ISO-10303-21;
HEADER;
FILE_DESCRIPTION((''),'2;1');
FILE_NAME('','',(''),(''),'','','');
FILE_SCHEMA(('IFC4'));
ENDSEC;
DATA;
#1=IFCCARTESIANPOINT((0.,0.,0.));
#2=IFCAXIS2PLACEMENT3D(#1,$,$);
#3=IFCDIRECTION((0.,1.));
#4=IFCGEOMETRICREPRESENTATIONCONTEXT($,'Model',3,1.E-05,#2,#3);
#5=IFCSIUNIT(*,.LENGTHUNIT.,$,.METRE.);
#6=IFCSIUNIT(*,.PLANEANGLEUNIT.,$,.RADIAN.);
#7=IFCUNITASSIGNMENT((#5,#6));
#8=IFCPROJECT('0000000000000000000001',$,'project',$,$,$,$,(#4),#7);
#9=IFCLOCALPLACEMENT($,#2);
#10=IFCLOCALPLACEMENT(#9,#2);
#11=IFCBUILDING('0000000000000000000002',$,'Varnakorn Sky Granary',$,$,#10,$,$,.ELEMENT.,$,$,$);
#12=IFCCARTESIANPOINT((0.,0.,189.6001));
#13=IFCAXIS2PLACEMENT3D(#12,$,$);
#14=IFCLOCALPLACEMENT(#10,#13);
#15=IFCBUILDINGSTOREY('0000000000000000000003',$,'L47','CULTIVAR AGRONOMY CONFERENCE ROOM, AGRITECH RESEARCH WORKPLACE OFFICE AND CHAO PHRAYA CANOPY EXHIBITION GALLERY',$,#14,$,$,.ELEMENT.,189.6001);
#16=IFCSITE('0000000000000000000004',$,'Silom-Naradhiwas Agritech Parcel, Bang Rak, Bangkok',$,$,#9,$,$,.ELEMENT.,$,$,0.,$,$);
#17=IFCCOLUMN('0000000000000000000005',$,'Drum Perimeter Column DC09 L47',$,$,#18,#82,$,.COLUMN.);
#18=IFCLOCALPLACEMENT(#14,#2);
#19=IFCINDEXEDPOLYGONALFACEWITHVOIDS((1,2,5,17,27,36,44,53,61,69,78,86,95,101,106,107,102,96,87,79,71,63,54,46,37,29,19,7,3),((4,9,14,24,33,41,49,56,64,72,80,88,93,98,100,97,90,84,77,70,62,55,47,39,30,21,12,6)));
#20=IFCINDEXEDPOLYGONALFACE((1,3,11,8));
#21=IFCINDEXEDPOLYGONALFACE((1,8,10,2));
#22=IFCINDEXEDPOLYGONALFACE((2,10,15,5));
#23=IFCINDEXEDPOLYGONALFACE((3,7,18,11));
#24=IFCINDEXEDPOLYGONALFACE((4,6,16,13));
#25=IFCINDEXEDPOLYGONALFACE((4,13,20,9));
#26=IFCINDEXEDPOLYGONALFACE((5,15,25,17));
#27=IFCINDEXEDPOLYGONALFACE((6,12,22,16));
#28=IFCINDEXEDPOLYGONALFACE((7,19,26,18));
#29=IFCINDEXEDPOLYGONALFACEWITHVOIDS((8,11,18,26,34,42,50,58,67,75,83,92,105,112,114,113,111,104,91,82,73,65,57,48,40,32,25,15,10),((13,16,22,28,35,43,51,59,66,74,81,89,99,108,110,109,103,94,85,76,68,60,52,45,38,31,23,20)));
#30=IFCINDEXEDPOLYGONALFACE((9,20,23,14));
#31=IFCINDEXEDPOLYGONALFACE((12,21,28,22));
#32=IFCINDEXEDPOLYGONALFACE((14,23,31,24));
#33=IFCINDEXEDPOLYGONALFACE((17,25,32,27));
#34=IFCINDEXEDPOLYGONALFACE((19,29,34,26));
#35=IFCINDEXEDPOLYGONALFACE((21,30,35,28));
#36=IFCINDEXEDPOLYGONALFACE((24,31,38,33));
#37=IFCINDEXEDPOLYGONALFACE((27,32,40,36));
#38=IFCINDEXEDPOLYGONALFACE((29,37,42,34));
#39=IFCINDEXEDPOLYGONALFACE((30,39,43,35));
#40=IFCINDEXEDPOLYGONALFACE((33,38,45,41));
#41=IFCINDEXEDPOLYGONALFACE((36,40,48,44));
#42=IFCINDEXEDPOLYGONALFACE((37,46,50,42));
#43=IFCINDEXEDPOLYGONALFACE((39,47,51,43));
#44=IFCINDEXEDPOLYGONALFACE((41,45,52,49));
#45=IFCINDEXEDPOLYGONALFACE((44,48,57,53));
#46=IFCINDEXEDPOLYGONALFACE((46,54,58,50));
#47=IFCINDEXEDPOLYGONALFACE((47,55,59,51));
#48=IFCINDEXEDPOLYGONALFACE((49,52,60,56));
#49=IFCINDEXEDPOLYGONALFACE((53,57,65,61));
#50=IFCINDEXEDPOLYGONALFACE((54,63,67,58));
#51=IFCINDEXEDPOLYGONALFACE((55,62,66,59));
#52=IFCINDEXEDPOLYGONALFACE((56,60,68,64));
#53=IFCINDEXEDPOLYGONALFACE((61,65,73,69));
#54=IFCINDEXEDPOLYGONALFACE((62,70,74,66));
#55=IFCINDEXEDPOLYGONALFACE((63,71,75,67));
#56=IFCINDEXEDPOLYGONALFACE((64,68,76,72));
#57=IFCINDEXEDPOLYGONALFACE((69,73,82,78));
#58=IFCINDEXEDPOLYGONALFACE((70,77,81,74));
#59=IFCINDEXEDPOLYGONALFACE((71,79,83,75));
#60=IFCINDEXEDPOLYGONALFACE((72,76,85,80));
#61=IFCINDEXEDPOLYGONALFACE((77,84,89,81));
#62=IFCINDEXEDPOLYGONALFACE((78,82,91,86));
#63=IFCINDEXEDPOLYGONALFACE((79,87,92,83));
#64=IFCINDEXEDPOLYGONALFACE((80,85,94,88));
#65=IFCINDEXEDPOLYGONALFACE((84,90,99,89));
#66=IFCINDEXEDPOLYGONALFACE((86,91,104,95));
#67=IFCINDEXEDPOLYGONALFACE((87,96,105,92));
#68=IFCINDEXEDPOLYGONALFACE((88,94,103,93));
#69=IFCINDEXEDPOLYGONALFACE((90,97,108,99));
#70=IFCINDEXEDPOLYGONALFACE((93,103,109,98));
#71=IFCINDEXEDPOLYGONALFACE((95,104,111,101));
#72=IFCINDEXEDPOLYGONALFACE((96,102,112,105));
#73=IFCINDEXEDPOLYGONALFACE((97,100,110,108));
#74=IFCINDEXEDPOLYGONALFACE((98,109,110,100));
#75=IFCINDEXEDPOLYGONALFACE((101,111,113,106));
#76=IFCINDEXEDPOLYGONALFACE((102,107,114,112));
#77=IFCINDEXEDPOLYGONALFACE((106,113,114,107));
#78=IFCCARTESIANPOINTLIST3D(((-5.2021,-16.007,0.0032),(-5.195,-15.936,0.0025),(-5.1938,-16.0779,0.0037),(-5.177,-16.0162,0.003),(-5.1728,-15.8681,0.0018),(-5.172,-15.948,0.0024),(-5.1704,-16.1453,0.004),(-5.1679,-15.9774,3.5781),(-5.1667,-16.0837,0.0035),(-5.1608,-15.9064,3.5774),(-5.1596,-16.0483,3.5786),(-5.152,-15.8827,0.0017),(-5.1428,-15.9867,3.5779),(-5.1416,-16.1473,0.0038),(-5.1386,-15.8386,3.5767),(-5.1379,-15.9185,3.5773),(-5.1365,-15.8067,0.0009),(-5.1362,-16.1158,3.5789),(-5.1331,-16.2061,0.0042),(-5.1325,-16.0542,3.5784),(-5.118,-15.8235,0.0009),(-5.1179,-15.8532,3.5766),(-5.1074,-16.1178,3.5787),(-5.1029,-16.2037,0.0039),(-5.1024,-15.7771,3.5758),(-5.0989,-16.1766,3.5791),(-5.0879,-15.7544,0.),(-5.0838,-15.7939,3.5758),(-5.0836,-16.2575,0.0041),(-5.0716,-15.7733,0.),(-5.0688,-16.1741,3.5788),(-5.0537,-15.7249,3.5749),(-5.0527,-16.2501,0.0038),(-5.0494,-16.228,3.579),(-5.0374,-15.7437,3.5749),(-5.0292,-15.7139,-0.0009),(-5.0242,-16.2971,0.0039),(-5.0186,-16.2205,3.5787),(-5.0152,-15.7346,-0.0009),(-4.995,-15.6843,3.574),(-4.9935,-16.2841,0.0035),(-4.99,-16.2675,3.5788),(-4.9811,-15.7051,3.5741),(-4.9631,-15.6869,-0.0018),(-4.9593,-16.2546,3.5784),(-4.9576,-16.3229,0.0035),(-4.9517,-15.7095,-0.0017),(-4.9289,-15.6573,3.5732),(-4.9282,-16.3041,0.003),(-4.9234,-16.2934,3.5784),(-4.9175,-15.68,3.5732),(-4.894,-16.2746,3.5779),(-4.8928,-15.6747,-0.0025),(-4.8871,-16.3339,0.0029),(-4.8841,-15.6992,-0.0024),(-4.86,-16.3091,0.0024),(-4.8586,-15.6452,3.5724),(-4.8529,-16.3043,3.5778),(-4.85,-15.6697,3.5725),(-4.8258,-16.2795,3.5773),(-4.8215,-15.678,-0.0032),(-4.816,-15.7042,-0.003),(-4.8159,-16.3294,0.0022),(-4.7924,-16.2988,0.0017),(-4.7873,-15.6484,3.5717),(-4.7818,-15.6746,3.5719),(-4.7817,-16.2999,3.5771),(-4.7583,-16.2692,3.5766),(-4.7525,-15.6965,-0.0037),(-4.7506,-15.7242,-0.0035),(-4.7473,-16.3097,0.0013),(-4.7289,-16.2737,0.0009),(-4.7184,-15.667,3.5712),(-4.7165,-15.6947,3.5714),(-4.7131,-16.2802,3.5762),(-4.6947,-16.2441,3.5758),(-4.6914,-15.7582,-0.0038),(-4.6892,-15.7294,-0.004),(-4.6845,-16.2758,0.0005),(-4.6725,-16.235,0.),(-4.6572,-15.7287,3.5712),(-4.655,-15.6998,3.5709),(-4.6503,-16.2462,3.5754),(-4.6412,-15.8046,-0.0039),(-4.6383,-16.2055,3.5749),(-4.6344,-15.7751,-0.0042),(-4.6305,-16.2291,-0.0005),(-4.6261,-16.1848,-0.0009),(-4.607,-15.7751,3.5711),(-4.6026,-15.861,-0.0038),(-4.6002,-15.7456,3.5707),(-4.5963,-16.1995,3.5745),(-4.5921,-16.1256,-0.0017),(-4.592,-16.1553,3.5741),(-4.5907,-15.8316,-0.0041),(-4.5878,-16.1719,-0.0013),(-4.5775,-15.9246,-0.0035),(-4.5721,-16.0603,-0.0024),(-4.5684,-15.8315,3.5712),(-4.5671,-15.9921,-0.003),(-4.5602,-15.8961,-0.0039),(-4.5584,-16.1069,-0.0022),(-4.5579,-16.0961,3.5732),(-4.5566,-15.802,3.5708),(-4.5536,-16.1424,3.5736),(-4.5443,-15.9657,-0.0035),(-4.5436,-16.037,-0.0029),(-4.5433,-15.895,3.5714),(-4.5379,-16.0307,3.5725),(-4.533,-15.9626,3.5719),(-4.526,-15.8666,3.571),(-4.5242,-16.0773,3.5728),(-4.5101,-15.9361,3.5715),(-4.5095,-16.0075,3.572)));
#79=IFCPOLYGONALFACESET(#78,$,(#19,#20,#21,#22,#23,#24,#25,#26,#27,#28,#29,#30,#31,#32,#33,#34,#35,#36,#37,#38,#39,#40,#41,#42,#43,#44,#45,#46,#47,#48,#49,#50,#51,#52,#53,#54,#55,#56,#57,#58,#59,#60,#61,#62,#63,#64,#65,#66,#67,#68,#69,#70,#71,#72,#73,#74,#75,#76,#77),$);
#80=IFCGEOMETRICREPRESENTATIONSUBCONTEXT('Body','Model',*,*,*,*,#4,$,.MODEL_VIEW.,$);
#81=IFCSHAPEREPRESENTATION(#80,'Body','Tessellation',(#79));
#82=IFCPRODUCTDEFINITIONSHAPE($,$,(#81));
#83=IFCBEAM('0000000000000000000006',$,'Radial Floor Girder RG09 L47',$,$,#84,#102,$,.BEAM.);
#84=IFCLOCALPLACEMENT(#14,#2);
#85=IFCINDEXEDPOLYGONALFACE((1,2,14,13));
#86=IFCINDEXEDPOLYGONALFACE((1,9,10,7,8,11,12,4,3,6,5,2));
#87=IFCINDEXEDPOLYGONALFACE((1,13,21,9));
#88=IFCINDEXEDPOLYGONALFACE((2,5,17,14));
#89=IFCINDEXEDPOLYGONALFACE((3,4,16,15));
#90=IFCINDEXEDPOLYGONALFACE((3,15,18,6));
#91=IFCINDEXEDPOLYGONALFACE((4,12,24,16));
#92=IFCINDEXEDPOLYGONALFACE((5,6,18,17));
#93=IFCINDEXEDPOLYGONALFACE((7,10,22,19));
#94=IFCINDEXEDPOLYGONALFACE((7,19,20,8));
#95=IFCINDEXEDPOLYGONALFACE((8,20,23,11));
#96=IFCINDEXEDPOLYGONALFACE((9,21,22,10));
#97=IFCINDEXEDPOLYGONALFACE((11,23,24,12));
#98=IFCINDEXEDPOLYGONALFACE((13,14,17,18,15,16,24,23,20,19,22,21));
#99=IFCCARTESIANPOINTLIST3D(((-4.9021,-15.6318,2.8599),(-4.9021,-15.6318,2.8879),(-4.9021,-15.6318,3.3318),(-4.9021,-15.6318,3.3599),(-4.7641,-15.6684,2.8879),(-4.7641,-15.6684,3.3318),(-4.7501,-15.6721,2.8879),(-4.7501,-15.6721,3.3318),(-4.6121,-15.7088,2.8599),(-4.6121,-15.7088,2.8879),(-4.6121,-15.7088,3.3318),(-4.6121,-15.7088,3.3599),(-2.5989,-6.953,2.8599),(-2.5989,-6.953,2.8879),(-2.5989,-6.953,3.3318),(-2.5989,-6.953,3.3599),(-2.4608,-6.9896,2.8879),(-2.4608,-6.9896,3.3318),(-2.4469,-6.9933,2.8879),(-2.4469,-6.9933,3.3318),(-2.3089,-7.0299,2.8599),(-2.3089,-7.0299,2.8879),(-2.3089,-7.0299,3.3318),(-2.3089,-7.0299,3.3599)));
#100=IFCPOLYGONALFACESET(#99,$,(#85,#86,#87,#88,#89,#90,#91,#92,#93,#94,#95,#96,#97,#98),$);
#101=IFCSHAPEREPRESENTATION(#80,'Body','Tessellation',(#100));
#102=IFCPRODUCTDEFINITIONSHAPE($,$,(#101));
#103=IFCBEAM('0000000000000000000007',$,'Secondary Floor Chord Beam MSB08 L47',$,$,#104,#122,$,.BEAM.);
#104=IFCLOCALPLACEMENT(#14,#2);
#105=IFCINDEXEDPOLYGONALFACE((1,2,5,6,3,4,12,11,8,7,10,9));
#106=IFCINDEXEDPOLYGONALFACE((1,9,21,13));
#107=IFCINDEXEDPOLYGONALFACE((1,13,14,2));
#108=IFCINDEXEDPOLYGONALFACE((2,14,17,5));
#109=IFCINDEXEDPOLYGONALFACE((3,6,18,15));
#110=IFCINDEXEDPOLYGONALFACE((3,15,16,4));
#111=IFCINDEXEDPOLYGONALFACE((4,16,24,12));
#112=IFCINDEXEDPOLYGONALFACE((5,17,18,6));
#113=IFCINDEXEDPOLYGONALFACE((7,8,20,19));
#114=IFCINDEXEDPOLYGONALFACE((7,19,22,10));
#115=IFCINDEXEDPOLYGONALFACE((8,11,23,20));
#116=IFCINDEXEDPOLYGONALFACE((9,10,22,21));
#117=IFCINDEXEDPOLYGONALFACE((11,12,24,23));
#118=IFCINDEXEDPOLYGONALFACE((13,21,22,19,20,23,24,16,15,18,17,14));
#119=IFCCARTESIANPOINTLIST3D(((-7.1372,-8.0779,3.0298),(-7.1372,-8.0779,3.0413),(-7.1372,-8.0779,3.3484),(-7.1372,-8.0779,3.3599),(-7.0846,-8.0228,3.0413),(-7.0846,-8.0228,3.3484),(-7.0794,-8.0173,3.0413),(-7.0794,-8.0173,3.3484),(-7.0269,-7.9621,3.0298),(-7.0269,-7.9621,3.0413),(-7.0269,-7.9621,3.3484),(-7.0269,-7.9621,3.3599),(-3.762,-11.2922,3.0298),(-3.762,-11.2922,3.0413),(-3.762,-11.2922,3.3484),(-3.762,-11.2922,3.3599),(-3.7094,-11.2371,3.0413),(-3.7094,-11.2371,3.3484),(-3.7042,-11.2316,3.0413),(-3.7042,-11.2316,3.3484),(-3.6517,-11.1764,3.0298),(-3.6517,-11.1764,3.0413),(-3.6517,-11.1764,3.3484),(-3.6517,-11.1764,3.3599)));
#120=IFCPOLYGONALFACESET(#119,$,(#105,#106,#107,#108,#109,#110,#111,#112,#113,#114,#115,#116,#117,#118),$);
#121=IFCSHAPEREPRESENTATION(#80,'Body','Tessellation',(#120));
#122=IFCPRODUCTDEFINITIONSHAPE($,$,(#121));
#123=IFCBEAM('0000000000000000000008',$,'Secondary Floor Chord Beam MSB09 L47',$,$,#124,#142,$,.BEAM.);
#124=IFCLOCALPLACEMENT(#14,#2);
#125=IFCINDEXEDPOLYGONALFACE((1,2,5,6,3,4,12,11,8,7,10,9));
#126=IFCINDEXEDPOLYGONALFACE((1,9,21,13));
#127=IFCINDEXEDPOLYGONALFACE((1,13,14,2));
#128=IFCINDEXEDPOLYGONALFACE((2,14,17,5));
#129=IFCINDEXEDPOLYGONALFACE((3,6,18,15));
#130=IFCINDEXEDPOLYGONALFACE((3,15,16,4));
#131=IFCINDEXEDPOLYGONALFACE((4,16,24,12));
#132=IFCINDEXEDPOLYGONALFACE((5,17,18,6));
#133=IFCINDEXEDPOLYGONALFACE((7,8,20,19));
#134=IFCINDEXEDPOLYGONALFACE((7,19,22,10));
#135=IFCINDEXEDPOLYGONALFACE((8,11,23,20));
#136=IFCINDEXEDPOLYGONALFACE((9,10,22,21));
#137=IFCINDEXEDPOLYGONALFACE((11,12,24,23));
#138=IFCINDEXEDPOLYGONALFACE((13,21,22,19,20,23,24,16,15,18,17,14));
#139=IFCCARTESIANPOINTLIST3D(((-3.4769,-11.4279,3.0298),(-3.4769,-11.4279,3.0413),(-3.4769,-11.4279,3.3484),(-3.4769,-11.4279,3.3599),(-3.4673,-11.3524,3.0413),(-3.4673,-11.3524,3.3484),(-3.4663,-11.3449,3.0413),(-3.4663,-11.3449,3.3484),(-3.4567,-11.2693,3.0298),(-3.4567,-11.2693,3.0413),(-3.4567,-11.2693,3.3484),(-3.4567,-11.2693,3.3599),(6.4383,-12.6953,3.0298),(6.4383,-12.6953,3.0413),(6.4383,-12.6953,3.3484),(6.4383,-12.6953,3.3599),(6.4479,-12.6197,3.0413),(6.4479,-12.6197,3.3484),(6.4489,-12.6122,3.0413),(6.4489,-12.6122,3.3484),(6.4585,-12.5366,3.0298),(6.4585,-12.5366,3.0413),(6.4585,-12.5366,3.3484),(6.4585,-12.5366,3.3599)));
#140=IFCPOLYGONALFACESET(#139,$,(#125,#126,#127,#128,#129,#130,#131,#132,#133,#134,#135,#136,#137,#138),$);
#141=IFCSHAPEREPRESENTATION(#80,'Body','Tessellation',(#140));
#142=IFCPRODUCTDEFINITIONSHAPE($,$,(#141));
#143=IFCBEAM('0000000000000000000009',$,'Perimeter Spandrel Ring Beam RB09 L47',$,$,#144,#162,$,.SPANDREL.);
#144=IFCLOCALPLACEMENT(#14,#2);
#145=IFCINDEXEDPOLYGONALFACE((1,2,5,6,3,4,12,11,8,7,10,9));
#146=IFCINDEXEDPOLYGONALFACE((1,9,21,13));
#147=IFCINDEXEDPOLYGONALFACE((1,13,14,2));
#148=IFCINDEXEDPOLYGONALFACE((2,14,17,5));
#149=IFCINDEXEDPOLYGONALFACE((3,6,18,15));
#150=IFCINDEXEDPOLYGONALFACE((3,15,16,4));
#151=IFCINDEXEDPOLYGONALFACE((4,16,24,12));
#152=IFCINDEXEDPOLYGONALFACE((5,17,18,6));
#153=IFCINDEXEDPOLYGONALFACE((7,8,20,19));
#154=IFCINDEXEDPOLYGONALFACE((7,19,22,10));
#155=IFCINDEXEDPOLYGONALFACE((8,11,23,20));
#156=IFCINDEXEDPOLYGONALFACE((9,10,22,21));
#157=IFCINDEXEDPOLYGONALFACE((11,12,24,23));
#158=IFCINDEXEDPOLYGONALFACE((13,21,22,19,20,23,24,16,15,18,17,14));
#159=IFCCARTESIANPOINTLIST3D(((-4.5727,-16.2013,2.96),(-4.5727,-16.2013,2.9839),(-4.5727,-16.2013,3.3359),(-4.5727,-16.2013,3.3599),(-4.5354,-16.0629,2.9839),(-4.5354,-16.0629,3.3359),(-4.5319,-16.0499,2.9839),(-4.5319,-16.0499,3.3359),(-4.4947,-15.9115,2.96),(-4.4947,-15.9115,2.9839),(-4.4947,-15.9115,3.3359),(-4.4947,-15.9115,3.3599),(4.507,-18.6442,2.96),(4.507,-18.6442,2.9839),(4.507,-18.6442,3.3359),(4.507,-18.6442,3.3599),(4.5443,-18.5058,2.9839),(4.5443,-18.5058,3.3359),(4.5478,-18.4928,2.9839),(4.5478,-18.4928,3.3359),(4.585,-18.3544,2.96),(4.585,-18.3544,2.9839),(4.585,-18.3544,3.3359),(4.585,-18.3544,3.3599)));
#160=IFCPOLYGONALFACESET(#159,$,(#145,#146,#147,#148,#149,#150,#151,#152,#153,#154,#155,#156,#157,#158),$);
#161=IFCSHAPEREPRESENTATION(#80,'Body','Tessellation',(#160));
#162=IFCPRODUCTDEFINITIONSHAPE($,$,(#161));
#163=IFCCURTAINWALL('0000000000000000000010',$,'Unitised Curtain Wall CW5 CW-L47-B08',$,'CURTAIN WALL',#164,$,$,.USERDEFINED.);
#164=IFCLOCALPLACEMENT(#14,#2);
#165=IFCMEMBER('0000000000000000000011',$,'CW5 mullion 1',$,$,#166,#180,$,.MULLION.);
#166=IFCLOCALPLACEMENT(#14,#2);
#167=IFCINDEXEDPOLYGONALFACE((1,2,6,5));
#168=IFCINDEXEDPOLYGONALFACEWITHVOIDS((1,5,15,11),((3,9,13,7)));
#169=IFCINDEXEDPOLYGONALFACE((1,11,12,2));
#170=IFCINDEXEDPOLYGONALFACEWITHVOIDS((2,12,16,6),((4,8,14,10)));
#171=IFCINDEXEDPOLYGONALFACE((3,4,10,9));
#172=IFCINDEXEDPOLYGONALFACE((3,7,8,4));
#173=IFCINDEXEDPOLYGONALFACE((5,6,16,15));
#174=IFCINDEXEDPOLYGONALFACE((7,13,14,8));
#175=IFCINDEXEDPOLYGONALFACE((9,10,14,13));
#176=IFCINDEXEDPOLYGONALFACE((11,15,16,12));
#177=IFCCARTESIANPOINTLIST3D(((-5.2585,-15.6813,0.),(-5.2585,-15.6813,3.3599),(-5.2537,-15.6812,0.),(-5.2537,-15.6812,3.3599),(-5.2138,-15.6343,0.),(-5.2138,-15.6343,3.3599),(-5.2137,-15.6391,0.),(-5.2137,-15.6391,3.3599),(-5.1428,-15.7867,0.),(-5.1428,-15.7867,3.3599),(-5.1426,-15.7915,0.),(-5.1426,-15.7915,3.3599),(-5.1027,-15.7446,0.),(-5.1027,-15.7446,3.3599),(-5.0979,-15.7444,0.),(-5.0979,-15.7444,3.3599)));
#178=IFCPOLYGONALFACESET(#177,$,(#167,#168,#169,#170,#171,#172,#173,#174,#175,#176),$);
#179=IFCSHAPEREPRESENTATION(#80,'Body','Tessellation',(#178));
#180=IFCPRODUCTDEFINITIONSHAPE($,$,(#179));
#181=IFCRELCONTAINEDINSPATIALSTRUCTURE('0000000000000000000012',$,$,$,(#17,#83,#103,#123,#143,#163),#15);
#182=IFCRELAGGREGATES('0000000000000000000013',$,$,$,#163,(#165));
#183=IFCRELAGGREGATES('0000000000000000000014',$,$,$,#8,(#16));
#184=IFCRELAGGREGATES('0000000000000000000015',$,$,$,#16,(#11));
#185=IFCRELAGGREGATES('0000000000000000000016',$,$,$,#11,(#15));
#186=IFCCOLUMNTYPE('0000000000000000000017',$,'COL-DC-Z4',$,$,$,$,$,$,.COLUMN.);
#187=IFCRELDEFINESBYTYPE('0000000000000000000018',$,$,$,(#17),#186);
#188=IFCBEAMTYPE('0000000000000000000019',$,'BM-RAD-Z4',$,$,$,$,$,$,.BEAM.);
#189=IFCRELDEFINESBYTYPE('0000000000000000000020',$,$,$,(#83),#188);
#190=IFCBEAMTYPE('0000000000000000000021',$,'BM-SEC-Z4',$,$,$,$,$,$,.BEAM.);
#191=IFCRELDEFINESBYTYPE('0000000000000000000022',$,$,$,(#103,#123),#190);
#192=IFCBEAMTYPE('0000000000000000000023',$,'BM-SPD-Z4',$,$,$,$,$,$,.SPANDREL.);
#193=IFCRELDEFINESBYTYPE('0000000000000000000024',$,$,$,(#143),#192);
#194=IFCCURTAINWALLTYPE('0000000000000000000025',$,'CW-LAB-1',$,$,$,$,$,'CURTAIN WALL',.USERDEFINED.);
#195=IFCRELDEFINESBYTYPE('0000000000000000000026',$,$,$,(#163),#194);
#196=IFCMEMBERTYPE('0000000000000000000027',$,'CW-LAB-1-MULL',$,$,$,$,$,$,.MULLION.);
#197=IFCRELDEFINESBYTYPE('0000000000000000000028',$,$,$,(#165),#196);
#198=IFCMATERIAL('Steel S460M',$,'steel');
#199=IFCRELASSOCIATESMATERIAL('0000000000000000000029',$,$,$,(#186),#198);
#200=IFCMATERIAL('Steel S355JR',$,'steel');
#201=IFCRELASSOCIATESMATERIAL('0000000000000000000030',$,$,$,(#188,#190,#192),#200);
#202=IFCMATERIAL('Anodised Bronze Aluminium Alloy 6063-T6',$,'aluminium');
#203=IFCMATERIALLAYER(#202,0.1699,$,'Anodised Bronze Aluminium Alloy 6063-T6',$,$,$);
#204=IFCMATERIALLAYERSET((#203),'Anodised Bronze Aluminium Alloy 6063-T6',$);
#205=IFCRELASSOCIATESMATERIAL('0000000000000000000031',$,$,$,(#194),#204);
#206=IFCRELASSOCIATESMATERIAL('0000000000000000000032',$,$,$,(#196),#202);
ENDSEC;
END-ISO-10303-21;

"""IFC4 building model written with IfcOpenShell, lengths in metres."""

from ifc_helpers import new_model, si_unit, direction, frame, origin, origin_2d, place, context, subcontext, project, spatial, hollow_rectangle, hollow_circle, i_section, extrude, material, layer, layer_set, material_profile, profile_set, type_object, element, aggregate, save


model = new_model("IFC4")

# Units and contexts
model_context = context("Model", 3, precision=1e-05, world=origin(), true_north=direction((0.0, 1.0)))
body_context = subcontext(model_context, "Body", "Model", "MODEL_VIEW")
ifc_project = project(units=[si_unit("LENGTHUNIT", "METRE"), si_unit("PLANEANGLEUNIT", "RADIAN")], contexts=[model_context])

# Site, building, storey
site_placement = place(None, origin())
site = spatial("IfcSite", under=ifc_project, at=site_placement, Name="Silom-Naradhiwas Agritech Parcel, Bang Rak, Bangkok", CompositionType="ELEMENT", RefElevation=0.0)
building_placement = place(site_placement, origin())
building = spatial("IfcBuilding", under=site, at=building_placement, Name="Varnakorn Sky Granary", CompositionType="ELEMENT")
storey_placement = place(building_placement, frame((0.0, 0.0, 189.6001)))
storey = spatial("IfcBuildingStorey", under=building, at=storey_placement, Name="L47", Description="CULTIVAR AGRONOMY CONFERENCE ROOM, AGRITECH RESEARCH WORKPLACE OFFICE AND CHAO PHRAYA CANOPY EXHIBITION GALLERY", CompositionType="ELEMENT", Elevation=189.6001)

# Column
ifc_material_1 = material(Name="Steel S460M", Category="steel")
ifc_material_profile_1 = material_profile(ifc_material_1, hollow_circle(Radius=0.3301, WallThickness=0.0249, at=origin_2d()), Name="CHS 660x25")
ifc_profile_set_1 = profile_set([ifc_material_profile_1], Name="Steel S460M")
column_type = type_object("IfcColumnType", Name="COL-DC-Z4", PredefinedType="COLUMN", material=ifc_profile_set_1)
column_placement = place(storey_placement, frame((-4.8721, -16.0042, 0.0), z_axis=(0.00956, 0.008263, 0.99992), x_axis=(-0.653901, 0.75658, 0.0)))
element("IfcColumn", 1, at=column_placement, inside=storey, type_object=column_type, Name="Drum Perimeter Column DC09 L47", PredefinedType="COLUMN", context=body_context, shape_type="SweptSolid", body=[
    extrude(hollow_circle(Radius=0.3301, WallThickness=0.0249, at=origin_2d()), origin(), (0.0, 0.0, 1.0), 3.5752),
])

# Beams
ifc_material_2 = material(Name="Steel S355JR", Category="steel")
ifc_material_profile_2 = material_profile(ifc_material_2, i_section(OverallWidth=0.3, OverallDepth=0.5, WebThickness=0.0144, FlangeThickness=0.0281, at=origin_2d()), Name="HE 500 B")
ifc_profile_set_2 = profile_set([ifc_material_profile_2], Name="Steel S355JR")
beam_type_1 = type_object("IfcBeamType", Name="BM-RAD-Z4", PredefinedType="BEAM", material=ifc_profile_set_2)
beam_1_placement = place(storey_placement, frame((-2.4539, -6.9915, 3.1099), z_axis=(-0.256508, -0.966542, 0.0), x_axis=(0.966542, -0.256508, 0.0)))
element("IfcBeam", 2, at=beam_1_placement, inside=storey, type_object=beam_type_1, Name="Radial Floor Girder RG09 L47", PredefinedType="BEAM", context=body_context, shape_type="SweptSolid", body=[
    extrude(i_section(OverallWidth=0.3, OverallDepth=0.5, WebThickness=0.0144, FlangeThickness=0.0281, at=origin_2d()), origin(), (0.0, 0.0, 1.0), 8.9792),
])
ifc_material_profile_3 = material_profile(ifc_material_2, i_section(OverallWidth=0.1599, OverallDepth=0.3301, WebThickness=0.0076, FlangeThickness=0.0115, at=origin_2d()), Name="IPE 330")
ifc_profile_set_3 = profile_set([ifc_material_profile_3], Name="Steel S355JR")
beam_type_2 = type_object("IfcBeamType", Name="BM-SEC-Z4", PredefinedType="BEAM", material=ifc_profile_set_3)
beam_2_placement = place(storey_placement, frame((-7.082, -8.02, 3.1948), z_axis=(0.724155, -0.689637, 0.0), x_axis=(0.689637, 0.724155, 0.0)))
element("IfcBeam", 3, at=beam_2_placement, inside=storey, type_object=beam_type_2, Name="Secondary Floor Chord Beam MSB08 L47", PredefinedType="BEAM", context=body_context, shape_type="SweptSolid", body=[
    extrude(i_section(OverallWidth=0.1599, OverallDepth=0.3301, WebThickness=0.0076, FlangeThickness=0.0115, at=origin_2d()), origin(), (0.0, 0.0, 1.0), 4.6609),
])
beam_3_placement = place(storey_placement, frame((-3.4668, -11.3486, 3.1948), z_axis=(0.99193, -0.126785, 0.0), x_axis=(0.126785, 0.99193, 0.0)))
element("IfcBeam", 4, at=beam_3_placement, inside=storey, type_object=beam_type_2, Name="Secondary Floor Chord Beam MSB09 L47", PredefinedType="BEAM", context=body_context, shape_type="SweptSolid", body=[
    extrude(i_section(OverallWidth=0.1599, OverallDepth=0.3301, WebThickness=0.0076, FlangeThickness=0.0115, at=origin_2d()), origin(), (0.0, 0.0, 1.0), 9.9958),
])
ifc_material_profile_4 = material_profile(ifc_material_2, i_section(OverallWidth=0.3, OverallDepth=0.3999, WebThickness=0.0134, FlangeThickness=0.0239, at=origin_2d()), Name="HE 400 B")
ifc_profile_set_4 = profile_set([ifc_material_profile_4], Name="Steel S355JR")
beam_type_3 = type_object("IfcBeamType", Name="BM-SPD-Z4", PredefinedType="SPANDREL", material=ifc_profile_set_4)
beam_4_placement = place(storey_placement, frame((-4.5337, -16.0564, 3.1599), z_axis=(0.965659, -0.259811, 0.0), x_axis=(0.259811, 0.965659, 0.0)))
element("IfcBeam", 5, at=beam_4_placement, inside=storey, type_object=beam_type_3, Name="Perimeter Spandrel Ring Beam RB09 L47", PredefinedType="SPANDREL", context=body_context, shape_type="SweptSolid", body=[
    extrude(i_section(OverallWidth=0.3, OverallDepth=0.3999, WebThickness=0.0134, FlangeThickness=0.0239, at=origin_2d()), origin(), (0.0, 0.0, 1.0), 9.4026),
])

# Curtain wall, member
ifc_material_3 = material(Name="Anodised Bronze Aluminium Alloy 6063-T6", Category="aluminium")
ifc_layer_1 = layer(ifc_material_3, 0.1699, Name="Anodised Bronze Aluminium Alloy 6063-T6")
ifc_layer_set_1 = layer_set([ifc_layer_1], Name="Anodised Bronze Aluminium Alloy 6063-T6")
curtain_wall_type = type_object("IfcCurtainWallType", Name="CW-LAB-1", ElementType="CURTAIN WALL", PredefinedType="USERDEFINED", material=ifc_layer_set_1)
curtain_wall_placement = place(storey_placement, origin())
curtain_wall = element("IfcCurtainWall", 6, at=curtain_wall_placement, inside=storey, type_object=curtain_wall_type, Name="Unitised Curtain Wall CW5 CW-L47-B08", ObjectType="CURTAIN WALL", PredefinedType="USERDEFINED")
ifc_material_profile_5 = material_profile(ifc_material_3, hollow_rectangle(XDim=0.0649, YDim=0.1599, WallThickness=0.0034, at=origin_2d()), Name="ALU MULL 65x160")
ifc_profile_set_5 = profile_set([ifc_material_profile_5], Name="Anodised Bronze Aluminium Alloy 6063-T6")
member_type_1 = type_object("IfcMemberType", Name="CW-LAB-1-MULL", PredefinedType="MULLION", material=ifc_profile_set_5)
member_1_placement = place(storey_placement, frame((-5.1782, -15.7129, 0.0), z_axis=(0.0, 0.0, 1.0), x_axis=(-0.688905, -0.724851, 0.0)))
member_1 = element("IfcMember", 7, at=member_1_placement, type_object=member_type_1, Name="CW5 mullion 1", PredefinedType="MULLION", context=body_context, shape_type="SweptSolid", body=[
    extrude(hollow_rectangle(XDim=0.0649, YDim=0.1599, WallThickness=0.0034, at=origin_2d()), origin(), (0.0, 0.0, 1.0), 3.3599),
])

aggregate(curtain_wall, [member_1])

save(model, "model.ifc")
